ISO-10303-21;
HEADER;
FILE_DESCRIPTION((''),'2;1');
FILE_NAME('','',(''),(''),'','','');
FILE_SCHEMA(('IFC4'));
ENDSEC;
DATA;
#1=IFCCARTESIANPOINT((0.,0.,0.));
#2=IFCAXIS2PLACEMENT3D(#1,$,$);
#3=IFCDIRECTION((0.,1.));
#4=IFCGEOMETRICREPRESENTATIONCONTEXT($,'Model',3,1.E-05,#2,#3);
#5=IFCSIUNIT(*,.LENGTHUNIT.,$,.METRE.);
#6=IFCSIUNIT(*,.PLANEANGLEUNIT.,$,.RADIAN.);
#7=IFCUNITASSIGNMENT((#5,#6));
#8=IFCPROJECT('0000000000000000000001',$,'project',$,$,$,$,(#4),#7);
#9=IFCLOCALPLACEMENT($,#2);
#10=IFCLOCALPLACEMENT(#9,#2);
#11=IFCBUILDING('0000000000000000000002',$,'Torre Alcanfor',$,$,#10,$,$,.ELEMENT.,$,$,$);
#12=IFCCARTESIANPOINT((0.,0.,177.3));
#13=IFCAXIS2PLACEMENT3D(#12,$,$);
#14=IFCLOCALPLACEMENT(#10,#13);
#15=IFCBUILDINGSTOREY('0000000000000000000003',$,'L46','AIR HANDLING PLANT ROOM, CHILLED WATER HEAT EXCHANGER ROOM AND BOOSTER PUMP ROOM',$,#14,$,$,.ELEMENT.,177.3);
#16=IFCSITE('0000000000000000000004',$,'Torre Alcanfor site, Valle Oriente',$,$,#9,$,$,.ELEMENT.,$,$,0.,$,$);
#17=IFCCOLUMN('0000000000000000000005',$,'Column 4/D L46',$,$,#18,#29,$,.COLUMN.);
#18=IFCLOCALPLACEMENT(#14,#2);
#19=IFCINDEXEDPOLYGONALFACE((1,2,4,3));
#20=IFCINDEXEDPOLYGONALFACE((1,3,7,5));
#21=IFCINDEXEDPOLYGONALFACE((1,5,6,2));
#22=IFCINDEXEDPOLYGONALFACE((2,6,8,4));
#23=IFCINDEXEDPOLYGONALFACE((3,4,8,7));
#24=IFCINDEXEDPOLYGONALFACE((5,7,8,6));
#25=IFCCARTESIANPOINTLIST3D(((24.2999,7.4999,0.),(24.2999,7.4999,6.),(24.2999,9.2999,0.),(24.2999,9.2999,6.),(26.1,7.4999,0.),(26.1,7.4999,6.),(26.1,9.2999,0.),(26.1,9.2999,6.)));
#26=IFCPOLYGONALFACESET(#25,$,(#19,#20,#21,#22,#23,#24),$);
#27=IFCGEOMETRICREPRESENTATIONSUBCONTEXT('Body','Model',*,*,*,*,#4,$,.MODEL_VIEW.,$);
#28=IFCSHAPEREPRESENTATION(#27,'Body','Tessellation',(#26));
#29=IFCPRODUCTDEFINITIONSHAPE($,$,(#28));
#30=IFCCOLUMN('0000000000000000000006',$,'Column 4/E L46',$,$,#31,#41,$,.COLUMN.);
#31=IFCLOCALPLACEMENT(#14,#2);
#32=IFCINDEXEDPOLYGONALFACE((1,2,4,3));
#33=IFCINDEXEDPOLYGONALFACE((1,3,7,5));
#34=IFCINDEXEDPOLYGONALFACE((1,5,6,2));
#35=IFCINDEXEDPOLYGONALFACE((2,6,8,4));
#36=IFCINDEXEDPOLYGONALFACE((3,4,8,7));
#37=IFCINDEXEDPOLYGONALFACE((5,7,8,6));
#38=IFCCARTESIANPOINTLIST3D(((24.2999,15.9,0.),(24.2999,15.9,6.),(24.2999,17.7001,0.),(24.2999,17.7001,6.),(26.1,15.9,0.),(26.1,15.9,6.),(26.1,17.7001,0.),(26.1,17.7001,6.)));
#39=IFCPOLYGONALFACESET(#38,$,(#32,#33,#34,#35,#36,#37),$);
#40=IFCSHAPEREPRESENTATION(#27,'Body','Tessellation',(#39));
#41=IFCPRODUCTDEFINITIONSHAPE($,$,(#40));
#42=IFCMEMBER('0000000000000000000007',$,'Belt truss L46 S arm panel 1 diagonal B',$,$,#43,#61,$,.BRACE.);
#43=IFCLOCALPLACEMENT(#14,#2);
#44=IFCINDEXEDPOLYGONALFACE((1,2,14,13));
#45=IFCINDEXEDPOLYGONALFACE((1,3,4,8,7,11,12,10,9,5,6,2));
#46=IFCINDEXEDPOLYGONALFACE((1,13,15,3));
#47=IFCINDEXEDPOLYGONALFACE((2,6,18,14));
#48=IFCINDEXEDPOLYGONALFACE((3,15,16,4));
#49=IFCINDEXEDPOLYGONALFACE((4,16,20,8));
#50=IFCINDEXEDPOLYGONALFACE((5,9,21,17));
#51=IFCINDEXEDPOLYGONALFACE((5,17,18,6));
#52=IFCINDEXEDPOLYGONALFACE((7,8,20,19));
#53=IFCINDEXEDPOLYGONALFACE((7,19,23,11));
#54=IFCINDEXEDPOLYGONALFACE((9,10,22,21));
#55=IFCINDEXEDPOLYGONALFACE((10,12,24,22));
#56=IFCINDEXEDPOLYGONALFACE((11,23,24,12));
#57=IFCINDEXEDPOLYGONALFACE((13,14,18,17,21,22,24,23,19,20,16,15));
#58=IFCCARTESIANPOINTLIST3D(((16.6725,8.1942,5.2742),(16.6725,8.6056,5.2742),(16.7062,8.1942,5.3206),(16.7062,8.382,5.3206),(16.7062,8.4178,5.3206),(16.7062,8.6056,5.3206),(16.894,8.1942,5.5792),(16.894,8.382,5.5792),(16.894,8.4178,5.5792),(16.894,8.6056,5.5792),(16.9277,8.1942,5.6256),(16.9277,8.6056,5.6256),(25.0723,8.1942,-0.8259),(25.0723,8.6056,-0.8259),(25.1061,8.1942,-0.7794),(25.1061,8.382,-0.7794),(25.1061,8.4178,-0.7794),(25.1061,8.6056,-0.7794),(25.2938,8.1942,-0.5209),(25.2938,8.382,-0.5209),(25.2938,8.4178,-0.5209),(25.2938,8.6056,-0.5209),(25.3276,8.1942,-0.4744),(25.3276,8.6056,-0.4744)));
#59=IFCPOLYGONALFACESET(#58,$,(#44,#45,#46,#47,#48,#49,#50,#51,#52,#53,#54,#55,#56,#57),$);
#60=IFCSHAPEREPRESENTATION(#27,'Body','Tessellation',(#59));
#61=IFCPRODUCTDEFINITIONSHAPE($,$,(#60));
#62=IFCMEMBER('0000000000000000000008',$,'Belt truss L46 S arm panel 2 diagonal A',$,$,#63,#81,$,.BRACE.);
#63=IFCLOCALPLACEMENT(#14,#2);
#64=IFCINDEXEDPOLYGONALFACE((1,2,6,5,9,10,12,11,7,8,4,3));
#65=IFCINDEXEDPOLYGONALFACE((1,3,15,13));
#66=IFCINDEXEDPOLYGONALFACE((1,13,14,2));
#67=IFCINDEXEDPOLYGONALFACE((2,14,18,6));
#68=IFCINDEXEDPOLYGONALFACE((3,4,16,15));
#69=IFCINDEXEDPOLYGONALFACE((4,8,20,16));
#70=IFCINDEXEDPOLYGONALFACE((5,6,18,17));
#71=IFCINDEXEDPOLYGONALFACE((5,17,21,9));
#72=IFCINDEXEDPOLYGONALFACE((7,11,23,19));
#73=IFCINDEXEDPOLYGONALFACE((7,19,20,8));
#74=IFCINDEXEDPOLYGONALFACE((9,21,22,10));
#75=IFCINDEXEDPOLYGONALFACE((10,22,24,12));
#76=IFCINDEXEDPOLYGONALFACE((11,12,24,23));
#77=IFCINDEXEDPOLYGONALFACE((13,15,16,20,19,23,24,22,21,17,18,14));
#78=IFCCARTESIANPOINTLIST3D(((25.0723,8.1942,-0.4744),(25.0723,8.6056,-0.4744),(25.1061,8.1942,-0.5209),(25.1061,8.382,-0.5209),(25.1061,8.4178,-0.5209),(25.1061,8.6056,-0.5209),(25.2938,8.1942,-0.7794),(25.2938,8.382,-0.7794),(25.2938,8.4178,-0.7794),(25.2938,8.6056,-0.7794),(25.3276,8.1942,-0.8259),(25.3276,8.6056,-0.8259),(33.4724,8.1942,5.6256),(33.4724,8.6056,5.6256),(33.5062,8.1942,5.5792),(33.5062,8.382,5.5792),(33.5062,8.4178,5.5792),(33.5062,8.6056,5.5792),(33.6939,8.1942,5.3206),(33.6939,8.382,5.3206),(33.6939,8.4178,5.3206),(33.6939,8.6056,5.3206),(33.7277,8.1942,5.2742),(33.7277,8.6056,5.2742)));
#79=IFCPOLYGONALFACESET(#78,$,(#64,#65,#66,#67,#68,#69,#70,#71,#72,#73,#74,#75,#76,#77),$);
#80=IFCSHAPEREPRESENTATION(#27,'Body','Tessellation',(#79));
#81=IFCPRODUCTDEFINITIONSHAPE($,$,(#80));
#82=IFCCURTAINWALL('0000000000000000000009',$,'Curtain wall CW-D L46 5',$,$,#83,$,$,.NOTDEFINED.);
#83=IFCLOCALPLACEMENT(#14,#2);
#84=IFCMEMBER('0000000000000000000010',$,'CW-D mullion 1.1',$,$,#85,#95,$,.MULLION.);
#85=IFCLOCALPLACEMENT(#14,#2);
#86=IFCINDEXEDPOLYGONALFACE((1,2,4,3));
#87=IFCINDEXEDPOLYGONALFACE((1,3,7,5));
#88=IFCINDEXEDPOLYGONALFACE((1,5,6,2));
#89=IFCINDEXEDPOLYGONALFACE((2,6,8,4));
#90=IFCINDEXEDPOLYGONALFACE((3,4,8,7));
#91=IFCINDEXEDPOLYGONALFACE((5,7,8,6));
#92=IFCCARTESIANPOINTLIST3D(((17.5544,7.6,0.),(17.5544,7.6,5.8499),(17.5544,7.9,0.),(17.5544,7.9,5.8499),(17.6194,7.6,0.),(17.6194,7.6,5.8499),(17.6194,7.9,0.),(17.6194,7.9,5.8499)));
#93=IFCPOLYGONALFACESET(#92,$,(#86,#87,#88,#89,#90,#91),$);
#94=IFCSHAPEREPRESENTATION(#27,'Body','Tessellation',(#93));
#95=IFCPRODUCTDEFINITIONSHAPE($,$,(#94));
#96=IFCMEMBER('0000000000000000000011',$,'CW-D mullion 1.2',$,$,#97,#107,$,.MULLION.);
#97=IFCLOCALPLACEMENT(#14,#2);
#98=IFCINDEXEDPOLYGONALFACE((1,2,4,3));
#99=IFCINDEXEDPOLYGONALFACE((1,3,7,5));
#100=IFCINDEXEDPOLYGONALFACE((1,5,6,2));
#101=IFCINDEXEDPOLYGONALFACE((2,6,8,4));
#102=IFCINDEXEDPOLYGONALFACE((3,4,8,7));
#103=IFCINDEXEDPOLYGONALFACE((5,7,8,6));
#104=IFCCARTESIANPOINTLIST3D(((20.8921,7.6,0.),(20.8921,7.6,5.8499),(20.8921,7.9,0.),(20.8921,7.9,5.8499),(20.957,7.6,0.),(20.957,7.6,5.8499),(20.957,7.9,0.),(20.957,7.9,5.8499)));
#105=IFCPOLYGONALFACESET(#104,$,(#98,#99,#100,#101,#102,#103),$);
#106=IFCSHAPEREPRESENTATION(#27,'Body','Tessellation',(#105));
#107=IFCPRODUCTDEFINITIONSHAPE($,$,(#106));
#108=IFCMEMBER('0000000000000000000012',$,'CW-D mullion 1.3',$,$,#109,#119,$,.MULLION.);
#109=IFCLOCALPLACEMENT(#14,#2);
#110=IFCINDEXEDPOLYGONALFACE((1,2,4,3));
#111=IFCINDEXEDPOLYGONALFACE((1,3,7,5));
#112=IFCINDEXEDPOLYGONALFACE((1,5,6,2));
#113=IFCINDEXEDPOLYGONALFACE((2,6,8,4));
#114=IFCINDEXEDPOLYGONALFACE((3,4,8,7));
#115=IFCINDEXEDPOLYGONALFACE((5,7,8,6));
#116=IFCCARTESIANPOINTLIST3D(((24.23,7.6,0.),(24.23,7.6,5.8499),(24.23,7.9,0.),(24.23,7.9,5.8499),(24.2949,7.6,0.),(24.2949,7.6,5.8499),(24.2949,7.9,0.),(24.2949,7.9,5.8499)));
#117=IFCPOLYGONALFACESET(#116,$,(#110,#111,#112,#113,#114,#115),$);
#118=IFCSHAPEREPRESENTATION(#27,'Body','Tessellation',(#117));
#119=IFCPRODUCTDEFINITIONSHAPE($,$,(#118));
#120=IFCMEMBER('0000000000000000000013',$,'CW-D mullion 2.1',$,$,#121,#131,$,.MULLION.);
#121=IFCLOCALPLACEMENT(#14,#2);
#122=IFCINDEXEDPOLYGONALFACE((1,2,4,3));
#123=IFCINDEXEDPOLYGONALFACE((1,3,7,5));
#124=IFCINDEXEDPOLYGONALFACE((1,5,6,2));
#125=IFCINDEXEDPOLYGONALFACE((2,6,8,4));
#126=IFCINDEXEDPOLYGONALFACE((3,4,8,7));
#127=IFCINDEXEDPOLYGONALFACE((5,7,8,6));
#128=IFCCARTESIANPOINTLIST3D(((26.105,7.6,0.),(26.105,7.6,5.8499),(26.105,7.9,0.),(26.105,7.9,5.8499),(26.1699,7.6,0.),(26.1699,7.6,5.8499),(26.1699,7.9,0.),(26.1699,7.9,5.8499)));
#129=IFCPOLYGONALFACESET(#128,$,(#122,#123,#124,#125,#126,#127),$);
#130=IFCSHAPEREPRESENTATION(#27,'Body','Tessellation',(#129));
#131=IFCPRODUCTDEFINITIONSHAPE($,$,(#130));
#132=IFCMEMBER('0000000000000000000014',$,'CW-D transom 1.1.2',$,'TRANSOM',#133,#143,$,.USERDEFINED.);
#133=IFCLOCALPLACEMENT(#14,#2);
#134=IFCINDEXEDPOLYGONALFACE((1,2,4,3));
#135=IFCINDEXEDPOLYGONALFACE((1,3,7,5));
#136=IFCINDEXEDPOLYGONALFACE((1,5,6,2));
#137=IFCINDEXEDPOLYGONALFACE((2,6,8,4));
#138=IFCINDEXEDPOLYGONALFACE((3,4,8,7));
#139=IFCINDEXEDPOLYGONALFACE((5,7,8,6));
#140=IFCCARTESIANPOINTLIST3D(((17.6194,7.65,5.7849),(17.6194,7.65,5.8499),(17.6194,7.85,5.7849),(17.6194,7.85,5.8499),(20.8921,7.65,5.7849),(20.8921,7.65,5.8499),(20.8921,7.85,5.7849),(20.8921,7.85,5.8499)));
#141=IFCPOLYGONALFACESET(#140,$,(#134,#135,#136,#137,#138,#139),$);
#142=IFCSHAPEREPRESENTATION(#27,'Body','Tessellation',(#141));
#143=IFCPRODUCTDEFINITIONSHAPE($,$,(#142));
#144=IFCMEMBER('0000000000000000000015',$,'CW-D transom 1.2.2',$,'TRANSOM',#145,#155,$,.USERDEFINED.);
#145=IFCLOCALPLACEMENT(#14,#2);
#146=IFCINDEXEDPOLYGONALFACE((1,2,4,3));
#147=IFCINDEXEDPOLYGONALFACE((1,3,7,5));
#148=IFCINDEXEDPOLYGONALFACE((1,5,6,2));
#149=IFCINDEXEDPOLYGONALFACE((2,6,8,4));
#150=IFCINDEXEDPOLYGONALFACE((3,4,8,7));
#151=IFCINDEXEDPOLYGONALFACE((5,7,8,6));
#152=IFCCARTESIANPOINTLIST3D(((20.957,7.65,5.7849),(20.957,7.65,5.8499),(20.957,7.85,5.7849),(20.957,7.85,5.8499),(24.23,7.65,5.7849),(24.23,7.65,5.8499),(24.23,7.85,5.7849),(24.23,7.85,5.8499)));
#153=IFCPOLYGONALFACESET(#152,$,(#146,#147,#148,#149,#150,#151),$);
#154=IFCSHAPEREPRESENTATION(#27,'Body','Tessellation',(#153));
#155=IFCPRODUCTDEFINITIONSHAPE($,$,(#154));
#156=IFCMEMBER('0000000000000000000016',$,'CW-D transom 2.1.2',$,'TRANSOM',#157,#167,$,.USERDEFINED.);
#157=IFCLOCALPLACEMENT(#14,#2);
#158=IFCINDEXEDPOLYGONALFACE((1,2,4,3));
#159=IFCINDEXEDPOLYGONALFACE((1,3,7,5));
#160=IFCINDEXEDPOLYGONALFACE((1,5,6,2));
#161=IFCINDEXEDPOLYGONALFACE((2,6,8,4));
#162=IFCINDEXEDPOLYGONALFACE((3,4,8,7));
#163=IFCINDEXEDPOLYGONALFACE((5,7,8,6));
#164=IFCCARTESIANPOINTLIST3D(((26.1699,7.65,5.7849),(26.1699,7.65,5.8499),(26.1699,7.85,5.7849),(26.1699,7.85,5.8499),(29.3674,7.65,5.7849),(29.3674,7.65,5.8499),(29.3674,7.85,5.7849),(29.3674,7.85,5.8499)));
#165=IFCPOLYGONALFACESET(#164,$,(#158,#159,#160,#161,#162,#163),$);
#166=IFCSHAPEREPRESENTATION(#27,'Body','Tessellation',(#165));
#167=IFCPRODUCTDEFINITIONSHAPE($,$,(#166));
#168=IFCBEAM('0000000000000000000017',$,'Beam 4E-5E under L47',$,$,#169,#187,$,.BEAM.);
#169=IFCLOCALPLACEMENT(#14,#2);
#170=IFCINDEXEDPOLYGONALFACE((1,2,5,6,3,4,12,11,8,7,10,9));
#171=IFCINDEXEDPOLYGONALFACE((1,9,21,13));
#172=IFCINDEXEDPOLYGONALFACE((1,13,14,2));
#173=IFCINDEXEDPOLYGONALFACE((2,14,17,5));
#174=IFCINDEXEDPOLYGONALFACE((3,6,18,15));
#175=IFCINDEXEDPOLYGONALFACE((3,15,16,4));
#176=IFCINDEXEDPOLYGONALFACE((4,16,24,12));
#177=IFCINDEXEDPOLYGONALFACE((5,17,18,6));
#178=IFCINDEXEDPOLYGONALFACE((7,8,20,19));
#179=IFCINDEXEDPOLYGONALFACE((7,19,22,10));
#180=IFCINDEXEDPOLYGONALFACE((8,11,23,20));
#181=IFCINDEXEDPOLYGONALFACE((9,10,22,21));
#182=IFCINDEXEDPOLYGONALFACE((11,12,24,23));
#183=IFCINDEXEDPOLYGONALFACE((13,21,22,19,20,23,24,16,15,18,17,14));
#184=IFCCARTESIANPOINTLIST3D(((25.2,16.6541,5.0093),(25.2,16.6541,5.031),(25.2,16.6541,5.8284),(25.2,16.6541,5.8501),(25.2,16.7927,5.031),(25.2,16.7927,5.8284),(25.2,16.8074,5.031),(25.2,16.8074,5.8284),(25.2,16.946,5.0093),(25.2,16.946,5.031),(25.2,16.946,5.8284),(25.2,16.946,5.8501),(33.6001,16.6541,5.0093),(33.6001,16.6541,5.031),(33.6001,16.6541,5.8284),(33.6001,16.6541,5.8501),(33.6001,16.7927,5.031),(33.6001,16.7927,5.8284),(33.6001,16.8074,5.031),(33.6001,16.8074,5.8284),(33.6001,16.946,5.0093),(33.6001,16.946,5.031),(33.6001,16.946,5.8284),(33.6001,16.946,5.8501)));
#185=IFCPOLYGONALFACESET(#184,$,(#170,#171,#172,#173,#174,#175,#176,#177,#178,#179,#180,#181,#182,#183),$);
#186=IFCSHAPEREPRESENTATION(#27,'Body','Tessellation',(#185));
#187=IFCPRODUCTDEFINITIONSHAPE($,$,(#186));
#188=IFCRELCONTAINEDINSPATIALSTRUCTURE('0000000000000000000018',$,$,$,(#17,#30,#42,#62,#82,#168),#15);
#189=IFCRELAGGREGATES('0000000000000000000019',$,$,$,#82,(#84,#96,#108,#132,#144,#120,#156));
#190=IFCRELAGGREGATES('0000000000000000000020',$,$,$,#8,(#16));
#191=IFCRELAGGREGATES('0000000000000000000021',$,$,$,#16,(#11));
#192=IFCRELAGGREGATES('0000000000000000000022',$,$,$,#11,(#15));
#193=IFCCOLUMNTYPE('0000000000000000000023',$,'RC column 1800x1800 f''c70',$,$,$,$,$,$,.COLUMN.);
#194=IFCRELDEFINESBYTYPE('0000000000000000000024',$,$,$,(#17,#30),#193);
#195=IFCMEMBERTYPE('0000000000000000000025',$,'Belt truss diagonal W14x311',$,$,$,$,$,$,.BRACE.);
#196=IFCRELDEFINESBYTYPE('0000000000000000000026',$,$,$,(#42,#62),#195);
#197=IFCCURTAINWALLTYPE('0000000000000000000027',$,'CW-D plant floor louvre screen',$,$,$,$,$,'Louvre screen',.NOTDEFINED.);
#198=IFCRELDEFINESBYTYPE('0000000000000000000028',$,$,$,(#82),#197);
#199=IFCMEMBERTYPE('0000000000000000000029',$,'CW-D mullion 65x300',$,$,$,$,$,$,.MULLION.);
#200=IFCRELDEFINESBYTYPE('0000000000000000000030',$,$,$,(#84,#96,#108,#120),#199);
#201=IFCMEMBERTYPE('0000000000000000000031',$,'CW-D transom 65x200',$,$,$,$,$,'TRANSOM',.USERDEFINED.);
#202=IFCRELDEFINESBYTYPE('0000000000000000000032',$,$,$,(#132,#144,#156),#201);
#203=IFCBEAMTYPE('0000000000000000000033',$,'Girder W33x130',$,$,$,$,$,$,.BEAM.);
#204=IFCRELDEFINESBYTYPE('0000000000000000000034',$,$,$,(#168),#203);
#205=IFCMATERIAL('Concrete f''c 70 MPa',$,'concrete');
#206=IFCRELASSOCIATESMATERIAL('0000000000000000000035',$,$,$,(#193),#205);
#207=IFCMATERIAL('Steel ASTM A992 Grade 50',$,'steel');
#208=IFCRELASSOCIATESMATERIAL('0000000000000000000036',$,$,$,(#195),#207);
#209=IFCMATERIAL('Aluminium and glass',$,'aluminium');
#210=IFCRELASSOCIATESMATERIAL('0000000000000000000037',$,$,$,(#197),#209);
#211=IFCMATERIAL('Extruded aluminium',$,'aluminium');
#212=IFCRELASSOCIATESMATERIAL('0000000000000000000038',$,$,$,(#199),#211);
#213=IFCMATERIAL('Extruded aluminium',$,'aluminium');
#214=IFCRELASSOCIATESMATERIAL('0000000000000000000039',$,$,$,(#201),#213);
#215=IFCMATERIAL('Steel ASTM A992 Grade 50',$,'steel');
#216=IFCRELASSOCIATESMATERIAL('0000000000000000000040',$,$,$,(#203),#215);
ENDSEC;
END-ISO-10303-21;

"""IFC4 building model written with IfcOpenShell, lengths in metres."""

from ifc_helpers import new_model, si_unit, direction, frame, origin, origin_2d, place, context, subcontext, project, spatial, rectangle, i_section, extrude, material, material_profile, profile_set, type_object, element, aggregate, save


model = new_model("IFC4")

# Units and contexts
model_context = context("Model", 3, precision=1e-05, world=origin(), true_north=direction((0.0, 1.0)))
body_context = subcontext(model_context, "Body", "Model", "MODEL_VIEW")
ifc_project = project(units=[si_unit("LENGTHUNIT", "METRE"), si_unit("PLANEANGLEUNIT", "RADIAN")], contexts=[model_context])

# Site, building, storey
site_placement = place(None, origin())
site = spatial("IfcSite", under=ifc_project, at=site_placement, Name="Torre Alcanfor site, Valle Oriente", CompositionType="ELEMENT", RefElevation=0.0)
building_placement = place(site_placement, origin())
building = spatial("IfcBuilding", under=site, at=building_placement, Name="Torre Alcanfor", CompositionType="ELEMENT")
storey_placement = place(building_placement, frame((0.0, 0.0, 177.3)))
storey = spatial("IfcBuildingStorey", under=building, at=storey_placement, Name="L46", Description="AIR HANDLING PLANT ROOM, CHILLED WATER HEAT EXCHANGER ROOM AND BOOSTER PUMP ROOM", CompositionType="ELEMENT", Elevation=177.3)

# Columns
ifc_material_1 = material(Name="Concrete f'c 70 MPa", Category="concrete")
ifc_material_profile_1 = material_profile(ifc_material_1, rectangle(XDim=1.8, YDim=1.8, at=origin_2d()), Name="1800x1800")
ifc_profile_set_1 = profile_set([ifc_material_profile_1], Name="Concrete f'c 70 MPa")
column_type = type_object("IfcColumnType", Name="RC column 1800x1800 f'c70", PredefinedType="COLUMN", material=ifc_profile_set_1)
for number, where, z_axis, x_axis, name in (
    (1, (25.2, 8.3999, 0.0), (0.0, 0.0, 1.0), (1.0, 0.0, 0.0), "Column 4/D L46"),
    (2, (25.2, 16.8, 0.0), (0.0, 0.0, 1.0), (1.0, 0.0, 0.0), "Column 4/E L46"),
):
    element("IfcColumn", number, at=place(storey_placement, frame(where, z_axis=z_axis, x_axis=x_axis)), inside=storey, type_object=column_type, Name=name, PredefinedType="COLUMN", context=body_context, shape_type="SweptSolid", body=[
        extrude(rectangle(XDim=1.8, YDim=1.8, at=origin_2d()), origin(), (0.0, 0.0, 1.0), 6.0),
    ])

# Members
ifc_material_2 = material(Name="Steel ASTM A992 Grade 50", Category="steel")
ifc_material_profile_2 = material_profile(ifc_material_2, i_section(OverallWidth=0.4114, OverallDepth=0.4343, WebThickness=0.0359, FlangeThickness=0.0574, at=origin_2d()), Name="W14x311")
ifc_profile_set_2 = profile_set([ifc_material_profile_2], Name="Steel ASTM A992 Grade 50")
member_type_1 = type_object("IfcMemberType", Name="Belt truss diagonal W14x311", PredefinedType="BRACE", material=ifc_profile_set_2)
member_1_placement = place(storey_placement, frame((25.2, 8.3999, -0.6501), z_axis=(-0.809145, 0.0, 0.587609), x_axis=(0.0, -1.0, 0.0)))
element("IfcMember", 3, at=member_1_placement, inside=storey, type_object=member_type_1, Name="Belt truss L46 S arm panel 1 diagonal B", PredefinedType="BRACE", context=body_context, shape_type="SweptSolid", body=[
    extrude(i_section(OverallWidth=0.4114, OverallDepth=0.4343, WebThickness=0.0359, FlangeThickness=0.0574, at=origin_2d()), origin(), (0.0, 0.0, 1.0), 10.3811),
])
member_2_placement = place(storey_placement, frame((25.2, 8.3999, -0.6501), z_axis=(0.809153, 0.0, 0.587598), x_axis=(0.0, 1.0, 0.0)))
element("IfcMember", 4, at=member_2_placement, inside=storey, type_object=member_type_1, Name="Belt truss L46 S arm panel 2 diagonal A", PredefinedType="BRACE", context=body_context, shape_type="SweptSolid", body=[
    extrude(i_section(OverallWidth=0.4114, OverallDepth=0.4343, WebThickness=0.0359, FlangeThickness=0.0574, at=origin_2d()), origin(), (0.0, 0.0, 1.0), 10.3813),
])

# Curtain wall, members
ifc_material_3 = material(Name="Aluminium and glass", Category="aluminium")
curtain_wall_type = type_object("IfcCurtainWallType", Name="CW-D plant floor louvre screen", ElementType="Louvre screen", PredefinedType="NOTDEFINED", material=ifc_material_3)
curtain_wall_placement = place(storey_placement, origin())
curtain_wall = element("IfcCurtainWall", 5, at=curtain_wall_placement, inside=storey, type_object=curtain_wall_type, Name="Curtain wall CW-D L46 5", PredefinedType="NOTDEFINED")
ifc_material_4 = material(Name="Extruded aluminium", Category="aluminium")
ifc_material_profile_3 = material_profile(ifc_material_4, rectangle(XDim=0.3, YDim=0.0649, at=origin_2d()), Name="CW-D mullion 65x300")
ifc_profile_set_3 = profile_set([ifc_material_profile_3], Name="Extruded aluminium")
member_type_2 = type_object("IfcMemberType", Name="CW-D mullion 65x300", PredefinedType="MULLION", material=ifc_profile_set_3)
member_3_placement = place(storey_placement, frame((17.5869, 7.75, 0.0), z_axis=(0.0, 0.0, 1.0), x_axis=(0.0, 1.0, 0.0)))
member_3 = element("IfcMember", 6, at=member_3_placement, type_object=member_type_2, Name="CW-D mullion 1.1", PredefinedType="MULLION", context=body_context, shape_type="SweptSolid", body=[
    extrude(rectangle(XDim=0.3, YDim=0.0649, at=origin_2d()), origin(), (0.0, 0.0, 1.0), 5.8499),
])
member_4_placement = place(storey_placement, frame((20.9246, 7.75, 0.0), z_axis=(0.0, 0.0, 1.0), x_axis=(0.0, 1.0, 0.0)))
member_4 = element("IfcMember", 7, at=member_4_placement, type_object=member_type_2, Name="CW-D mullion 1.2", PredefinedType="MULLION", context=body_context, shape_type="SweptSolid", body=[
    extrude(rectangle(XDim=0.3, YDim=0.0649, at=origin_2d()), origin(), (0.0, 0.0, 1.0), 5.8499),
])
member_5_placement = place(storey_placement, frame((24.2625, 7.75, 0.0), z_axis=(0.0, 0.0, 1.0), x_axis=(0.0, 1.0, 0.0)))
member_5 = element("IfcMember", 8, at=member_5_placement, type_object=member_type_2, Name="CW-D mullion 1.3", PredefinedType="MULLION", context=body_context, shape_type="SweptSolid", body=[
    extrude(rectangle(XDim=0.3, YDim=0.0649, at=origin_2d()), origin(), (0.0, 0.0, 1.0), 5.8499),
])
member_6_placement = place(storey_placement, frame((26.1375, 7.75, 0.0), z_axis=(0.0, 0.0, 1.0), x_axis=(0.0, 1.0, 0.0)))
member_6 = element("IfcMember", 9, at=member_6_placement, type_object=member_type_2, Name="CW-D mullion 2.1", PredefinedType="MULLION", context=body_context, shape_type="SweptSolid", body=[
    extrude(rectangle(XDim=0.3, YDim=0.0649, at=origin_2d()), origin(), (0.0, 0.0, 1.0), 5.8499),
])
ifc_material_5 = material(Name="Extruded aluminium", Category="aluminium")
ifc_material_profile_4 = material_profile(ifc_material_5, rectangle(XDim=0.2, YDim=0.0649, at=origin_2d()), Name="CW-D transom 200x65")
ifc_profile_set_4 = profile_set([ifc_material_profile_4], Name="Extruded aluminium")
member_type_3 = type_object("IfcMemberType", Name="CW-D transom 65x200", ElementType="TRANSOM", PredefinedType="USERDEFINED", material=ifc_profile_set_4)
member_7_placement = place(storey_placement, frame((17.6194, 7.75, 5.8174), z_axis=(1.0, 0.0, 0.0), x_axis=(0.0, 1.0, 0.0)))
member_7 = element("IfcMember", 10, at=member_7_placement, type_object=member_type_3, Name="CW-D transom 1.1.2", ObjectType="TRANSOM", PredefinedType="USERDEFINED", context=body_context, shape_type="SweptSolid", body=[
    extrude(rectangle(XDim=0.2, YDim=0.0649, at=origin_2d()), origin(), (0.0, 0.0, 1.0), 3.2727),
])
member_8_placement = place(storey_placement, frame((20.957, 7.75, 5.8174), z_axis=(1.0, 0.0, 0.0), x_axis=(0.0, 1.0, 0.0)))
member_8 = element("IfcMember", 11, at=member_8_placement, type_object=member_type_3, Name="CW-D transom 1.2.2", ObjectType="TRANSOM", PredefinedType="USERDEFINED", context=body_context, shape_type="SweptSolid", body=[
    extrude(rectangle(XDim=0.2, YDim=0.0649, at=origin_2d()), origin(), (0.0, 0.0, 1.0), 3.2729),
])
member_9_placement = place(storey_placement, frame((26.1699, 7.75, 5.8174), z_axis=(1.0, 0.0, 0.0), x_axis=(0.0, 1.0, 0.0)))
member_9 = element("IfcMember", 12, at=member_9_placement, type_object=member_type_3, Name="CW-D transom 2.1.2", ObjectType="TRANSOM", PredefinedType="USERDEFINED", context=body_context, shape_type="SweptSolid", body=[
    extrude(rectangle(XDim=0.2, YDim=0.0649, at=origin_2d()), origin(), (0.0, 0.0, 1.0), 3.1975),
])

# Beam
ifc_material_6 = material(Name="Steel ASTM A992 Grade 50", Category="steel")
ifc_material_profile_5 = material_profile(ifc_material_6, i_section(OverallWidth=0.292, OverallDepth=0.8408, WebThickness=0.0146, FlangeThickness=0.0217, at=origin_2d()), Name="W33x130")
ifc_profile_set_5 = profile_set([ifc_material_profile_5], Name="Steel ASTM A992 Grade 50")
beam_type_1 = type_object("IfcBeamType", Name="Girder W33x130", PredefinedType="BEAM", material=ifc_profile_set_5)
for number, where, z_axis, x_axis, name in (
    (13, (25.2, 16.8, 5.4297), (1.0, 0.0, 0.0), (0.0, 1.0, 0.0), "Beam 4E-5E under L47"),
):
    element("IfcBeam", number, at=place(storey_placement, frame(where, z_axis=z_axis, x_axis=x_axis)), inside=storey, type_object=beam_type_1, Name=name, PredefinedType="BEAM", context=body_context, shape_type="SweptSolid", body=[
        extrude(i_section(OverallWidth=0.292, OverallDepth=0.8408, WebThickness=0.0146, FlangeThickness=0.0217, at=origin_2d()), origin(), (0.0, 0.0, 1.0), 8.4001),
    ])

aggregate(curtain_wall, [member_3, member_4, member_5, member_7, member_8, member_6, member_9])

save(model, "model.ifc")
